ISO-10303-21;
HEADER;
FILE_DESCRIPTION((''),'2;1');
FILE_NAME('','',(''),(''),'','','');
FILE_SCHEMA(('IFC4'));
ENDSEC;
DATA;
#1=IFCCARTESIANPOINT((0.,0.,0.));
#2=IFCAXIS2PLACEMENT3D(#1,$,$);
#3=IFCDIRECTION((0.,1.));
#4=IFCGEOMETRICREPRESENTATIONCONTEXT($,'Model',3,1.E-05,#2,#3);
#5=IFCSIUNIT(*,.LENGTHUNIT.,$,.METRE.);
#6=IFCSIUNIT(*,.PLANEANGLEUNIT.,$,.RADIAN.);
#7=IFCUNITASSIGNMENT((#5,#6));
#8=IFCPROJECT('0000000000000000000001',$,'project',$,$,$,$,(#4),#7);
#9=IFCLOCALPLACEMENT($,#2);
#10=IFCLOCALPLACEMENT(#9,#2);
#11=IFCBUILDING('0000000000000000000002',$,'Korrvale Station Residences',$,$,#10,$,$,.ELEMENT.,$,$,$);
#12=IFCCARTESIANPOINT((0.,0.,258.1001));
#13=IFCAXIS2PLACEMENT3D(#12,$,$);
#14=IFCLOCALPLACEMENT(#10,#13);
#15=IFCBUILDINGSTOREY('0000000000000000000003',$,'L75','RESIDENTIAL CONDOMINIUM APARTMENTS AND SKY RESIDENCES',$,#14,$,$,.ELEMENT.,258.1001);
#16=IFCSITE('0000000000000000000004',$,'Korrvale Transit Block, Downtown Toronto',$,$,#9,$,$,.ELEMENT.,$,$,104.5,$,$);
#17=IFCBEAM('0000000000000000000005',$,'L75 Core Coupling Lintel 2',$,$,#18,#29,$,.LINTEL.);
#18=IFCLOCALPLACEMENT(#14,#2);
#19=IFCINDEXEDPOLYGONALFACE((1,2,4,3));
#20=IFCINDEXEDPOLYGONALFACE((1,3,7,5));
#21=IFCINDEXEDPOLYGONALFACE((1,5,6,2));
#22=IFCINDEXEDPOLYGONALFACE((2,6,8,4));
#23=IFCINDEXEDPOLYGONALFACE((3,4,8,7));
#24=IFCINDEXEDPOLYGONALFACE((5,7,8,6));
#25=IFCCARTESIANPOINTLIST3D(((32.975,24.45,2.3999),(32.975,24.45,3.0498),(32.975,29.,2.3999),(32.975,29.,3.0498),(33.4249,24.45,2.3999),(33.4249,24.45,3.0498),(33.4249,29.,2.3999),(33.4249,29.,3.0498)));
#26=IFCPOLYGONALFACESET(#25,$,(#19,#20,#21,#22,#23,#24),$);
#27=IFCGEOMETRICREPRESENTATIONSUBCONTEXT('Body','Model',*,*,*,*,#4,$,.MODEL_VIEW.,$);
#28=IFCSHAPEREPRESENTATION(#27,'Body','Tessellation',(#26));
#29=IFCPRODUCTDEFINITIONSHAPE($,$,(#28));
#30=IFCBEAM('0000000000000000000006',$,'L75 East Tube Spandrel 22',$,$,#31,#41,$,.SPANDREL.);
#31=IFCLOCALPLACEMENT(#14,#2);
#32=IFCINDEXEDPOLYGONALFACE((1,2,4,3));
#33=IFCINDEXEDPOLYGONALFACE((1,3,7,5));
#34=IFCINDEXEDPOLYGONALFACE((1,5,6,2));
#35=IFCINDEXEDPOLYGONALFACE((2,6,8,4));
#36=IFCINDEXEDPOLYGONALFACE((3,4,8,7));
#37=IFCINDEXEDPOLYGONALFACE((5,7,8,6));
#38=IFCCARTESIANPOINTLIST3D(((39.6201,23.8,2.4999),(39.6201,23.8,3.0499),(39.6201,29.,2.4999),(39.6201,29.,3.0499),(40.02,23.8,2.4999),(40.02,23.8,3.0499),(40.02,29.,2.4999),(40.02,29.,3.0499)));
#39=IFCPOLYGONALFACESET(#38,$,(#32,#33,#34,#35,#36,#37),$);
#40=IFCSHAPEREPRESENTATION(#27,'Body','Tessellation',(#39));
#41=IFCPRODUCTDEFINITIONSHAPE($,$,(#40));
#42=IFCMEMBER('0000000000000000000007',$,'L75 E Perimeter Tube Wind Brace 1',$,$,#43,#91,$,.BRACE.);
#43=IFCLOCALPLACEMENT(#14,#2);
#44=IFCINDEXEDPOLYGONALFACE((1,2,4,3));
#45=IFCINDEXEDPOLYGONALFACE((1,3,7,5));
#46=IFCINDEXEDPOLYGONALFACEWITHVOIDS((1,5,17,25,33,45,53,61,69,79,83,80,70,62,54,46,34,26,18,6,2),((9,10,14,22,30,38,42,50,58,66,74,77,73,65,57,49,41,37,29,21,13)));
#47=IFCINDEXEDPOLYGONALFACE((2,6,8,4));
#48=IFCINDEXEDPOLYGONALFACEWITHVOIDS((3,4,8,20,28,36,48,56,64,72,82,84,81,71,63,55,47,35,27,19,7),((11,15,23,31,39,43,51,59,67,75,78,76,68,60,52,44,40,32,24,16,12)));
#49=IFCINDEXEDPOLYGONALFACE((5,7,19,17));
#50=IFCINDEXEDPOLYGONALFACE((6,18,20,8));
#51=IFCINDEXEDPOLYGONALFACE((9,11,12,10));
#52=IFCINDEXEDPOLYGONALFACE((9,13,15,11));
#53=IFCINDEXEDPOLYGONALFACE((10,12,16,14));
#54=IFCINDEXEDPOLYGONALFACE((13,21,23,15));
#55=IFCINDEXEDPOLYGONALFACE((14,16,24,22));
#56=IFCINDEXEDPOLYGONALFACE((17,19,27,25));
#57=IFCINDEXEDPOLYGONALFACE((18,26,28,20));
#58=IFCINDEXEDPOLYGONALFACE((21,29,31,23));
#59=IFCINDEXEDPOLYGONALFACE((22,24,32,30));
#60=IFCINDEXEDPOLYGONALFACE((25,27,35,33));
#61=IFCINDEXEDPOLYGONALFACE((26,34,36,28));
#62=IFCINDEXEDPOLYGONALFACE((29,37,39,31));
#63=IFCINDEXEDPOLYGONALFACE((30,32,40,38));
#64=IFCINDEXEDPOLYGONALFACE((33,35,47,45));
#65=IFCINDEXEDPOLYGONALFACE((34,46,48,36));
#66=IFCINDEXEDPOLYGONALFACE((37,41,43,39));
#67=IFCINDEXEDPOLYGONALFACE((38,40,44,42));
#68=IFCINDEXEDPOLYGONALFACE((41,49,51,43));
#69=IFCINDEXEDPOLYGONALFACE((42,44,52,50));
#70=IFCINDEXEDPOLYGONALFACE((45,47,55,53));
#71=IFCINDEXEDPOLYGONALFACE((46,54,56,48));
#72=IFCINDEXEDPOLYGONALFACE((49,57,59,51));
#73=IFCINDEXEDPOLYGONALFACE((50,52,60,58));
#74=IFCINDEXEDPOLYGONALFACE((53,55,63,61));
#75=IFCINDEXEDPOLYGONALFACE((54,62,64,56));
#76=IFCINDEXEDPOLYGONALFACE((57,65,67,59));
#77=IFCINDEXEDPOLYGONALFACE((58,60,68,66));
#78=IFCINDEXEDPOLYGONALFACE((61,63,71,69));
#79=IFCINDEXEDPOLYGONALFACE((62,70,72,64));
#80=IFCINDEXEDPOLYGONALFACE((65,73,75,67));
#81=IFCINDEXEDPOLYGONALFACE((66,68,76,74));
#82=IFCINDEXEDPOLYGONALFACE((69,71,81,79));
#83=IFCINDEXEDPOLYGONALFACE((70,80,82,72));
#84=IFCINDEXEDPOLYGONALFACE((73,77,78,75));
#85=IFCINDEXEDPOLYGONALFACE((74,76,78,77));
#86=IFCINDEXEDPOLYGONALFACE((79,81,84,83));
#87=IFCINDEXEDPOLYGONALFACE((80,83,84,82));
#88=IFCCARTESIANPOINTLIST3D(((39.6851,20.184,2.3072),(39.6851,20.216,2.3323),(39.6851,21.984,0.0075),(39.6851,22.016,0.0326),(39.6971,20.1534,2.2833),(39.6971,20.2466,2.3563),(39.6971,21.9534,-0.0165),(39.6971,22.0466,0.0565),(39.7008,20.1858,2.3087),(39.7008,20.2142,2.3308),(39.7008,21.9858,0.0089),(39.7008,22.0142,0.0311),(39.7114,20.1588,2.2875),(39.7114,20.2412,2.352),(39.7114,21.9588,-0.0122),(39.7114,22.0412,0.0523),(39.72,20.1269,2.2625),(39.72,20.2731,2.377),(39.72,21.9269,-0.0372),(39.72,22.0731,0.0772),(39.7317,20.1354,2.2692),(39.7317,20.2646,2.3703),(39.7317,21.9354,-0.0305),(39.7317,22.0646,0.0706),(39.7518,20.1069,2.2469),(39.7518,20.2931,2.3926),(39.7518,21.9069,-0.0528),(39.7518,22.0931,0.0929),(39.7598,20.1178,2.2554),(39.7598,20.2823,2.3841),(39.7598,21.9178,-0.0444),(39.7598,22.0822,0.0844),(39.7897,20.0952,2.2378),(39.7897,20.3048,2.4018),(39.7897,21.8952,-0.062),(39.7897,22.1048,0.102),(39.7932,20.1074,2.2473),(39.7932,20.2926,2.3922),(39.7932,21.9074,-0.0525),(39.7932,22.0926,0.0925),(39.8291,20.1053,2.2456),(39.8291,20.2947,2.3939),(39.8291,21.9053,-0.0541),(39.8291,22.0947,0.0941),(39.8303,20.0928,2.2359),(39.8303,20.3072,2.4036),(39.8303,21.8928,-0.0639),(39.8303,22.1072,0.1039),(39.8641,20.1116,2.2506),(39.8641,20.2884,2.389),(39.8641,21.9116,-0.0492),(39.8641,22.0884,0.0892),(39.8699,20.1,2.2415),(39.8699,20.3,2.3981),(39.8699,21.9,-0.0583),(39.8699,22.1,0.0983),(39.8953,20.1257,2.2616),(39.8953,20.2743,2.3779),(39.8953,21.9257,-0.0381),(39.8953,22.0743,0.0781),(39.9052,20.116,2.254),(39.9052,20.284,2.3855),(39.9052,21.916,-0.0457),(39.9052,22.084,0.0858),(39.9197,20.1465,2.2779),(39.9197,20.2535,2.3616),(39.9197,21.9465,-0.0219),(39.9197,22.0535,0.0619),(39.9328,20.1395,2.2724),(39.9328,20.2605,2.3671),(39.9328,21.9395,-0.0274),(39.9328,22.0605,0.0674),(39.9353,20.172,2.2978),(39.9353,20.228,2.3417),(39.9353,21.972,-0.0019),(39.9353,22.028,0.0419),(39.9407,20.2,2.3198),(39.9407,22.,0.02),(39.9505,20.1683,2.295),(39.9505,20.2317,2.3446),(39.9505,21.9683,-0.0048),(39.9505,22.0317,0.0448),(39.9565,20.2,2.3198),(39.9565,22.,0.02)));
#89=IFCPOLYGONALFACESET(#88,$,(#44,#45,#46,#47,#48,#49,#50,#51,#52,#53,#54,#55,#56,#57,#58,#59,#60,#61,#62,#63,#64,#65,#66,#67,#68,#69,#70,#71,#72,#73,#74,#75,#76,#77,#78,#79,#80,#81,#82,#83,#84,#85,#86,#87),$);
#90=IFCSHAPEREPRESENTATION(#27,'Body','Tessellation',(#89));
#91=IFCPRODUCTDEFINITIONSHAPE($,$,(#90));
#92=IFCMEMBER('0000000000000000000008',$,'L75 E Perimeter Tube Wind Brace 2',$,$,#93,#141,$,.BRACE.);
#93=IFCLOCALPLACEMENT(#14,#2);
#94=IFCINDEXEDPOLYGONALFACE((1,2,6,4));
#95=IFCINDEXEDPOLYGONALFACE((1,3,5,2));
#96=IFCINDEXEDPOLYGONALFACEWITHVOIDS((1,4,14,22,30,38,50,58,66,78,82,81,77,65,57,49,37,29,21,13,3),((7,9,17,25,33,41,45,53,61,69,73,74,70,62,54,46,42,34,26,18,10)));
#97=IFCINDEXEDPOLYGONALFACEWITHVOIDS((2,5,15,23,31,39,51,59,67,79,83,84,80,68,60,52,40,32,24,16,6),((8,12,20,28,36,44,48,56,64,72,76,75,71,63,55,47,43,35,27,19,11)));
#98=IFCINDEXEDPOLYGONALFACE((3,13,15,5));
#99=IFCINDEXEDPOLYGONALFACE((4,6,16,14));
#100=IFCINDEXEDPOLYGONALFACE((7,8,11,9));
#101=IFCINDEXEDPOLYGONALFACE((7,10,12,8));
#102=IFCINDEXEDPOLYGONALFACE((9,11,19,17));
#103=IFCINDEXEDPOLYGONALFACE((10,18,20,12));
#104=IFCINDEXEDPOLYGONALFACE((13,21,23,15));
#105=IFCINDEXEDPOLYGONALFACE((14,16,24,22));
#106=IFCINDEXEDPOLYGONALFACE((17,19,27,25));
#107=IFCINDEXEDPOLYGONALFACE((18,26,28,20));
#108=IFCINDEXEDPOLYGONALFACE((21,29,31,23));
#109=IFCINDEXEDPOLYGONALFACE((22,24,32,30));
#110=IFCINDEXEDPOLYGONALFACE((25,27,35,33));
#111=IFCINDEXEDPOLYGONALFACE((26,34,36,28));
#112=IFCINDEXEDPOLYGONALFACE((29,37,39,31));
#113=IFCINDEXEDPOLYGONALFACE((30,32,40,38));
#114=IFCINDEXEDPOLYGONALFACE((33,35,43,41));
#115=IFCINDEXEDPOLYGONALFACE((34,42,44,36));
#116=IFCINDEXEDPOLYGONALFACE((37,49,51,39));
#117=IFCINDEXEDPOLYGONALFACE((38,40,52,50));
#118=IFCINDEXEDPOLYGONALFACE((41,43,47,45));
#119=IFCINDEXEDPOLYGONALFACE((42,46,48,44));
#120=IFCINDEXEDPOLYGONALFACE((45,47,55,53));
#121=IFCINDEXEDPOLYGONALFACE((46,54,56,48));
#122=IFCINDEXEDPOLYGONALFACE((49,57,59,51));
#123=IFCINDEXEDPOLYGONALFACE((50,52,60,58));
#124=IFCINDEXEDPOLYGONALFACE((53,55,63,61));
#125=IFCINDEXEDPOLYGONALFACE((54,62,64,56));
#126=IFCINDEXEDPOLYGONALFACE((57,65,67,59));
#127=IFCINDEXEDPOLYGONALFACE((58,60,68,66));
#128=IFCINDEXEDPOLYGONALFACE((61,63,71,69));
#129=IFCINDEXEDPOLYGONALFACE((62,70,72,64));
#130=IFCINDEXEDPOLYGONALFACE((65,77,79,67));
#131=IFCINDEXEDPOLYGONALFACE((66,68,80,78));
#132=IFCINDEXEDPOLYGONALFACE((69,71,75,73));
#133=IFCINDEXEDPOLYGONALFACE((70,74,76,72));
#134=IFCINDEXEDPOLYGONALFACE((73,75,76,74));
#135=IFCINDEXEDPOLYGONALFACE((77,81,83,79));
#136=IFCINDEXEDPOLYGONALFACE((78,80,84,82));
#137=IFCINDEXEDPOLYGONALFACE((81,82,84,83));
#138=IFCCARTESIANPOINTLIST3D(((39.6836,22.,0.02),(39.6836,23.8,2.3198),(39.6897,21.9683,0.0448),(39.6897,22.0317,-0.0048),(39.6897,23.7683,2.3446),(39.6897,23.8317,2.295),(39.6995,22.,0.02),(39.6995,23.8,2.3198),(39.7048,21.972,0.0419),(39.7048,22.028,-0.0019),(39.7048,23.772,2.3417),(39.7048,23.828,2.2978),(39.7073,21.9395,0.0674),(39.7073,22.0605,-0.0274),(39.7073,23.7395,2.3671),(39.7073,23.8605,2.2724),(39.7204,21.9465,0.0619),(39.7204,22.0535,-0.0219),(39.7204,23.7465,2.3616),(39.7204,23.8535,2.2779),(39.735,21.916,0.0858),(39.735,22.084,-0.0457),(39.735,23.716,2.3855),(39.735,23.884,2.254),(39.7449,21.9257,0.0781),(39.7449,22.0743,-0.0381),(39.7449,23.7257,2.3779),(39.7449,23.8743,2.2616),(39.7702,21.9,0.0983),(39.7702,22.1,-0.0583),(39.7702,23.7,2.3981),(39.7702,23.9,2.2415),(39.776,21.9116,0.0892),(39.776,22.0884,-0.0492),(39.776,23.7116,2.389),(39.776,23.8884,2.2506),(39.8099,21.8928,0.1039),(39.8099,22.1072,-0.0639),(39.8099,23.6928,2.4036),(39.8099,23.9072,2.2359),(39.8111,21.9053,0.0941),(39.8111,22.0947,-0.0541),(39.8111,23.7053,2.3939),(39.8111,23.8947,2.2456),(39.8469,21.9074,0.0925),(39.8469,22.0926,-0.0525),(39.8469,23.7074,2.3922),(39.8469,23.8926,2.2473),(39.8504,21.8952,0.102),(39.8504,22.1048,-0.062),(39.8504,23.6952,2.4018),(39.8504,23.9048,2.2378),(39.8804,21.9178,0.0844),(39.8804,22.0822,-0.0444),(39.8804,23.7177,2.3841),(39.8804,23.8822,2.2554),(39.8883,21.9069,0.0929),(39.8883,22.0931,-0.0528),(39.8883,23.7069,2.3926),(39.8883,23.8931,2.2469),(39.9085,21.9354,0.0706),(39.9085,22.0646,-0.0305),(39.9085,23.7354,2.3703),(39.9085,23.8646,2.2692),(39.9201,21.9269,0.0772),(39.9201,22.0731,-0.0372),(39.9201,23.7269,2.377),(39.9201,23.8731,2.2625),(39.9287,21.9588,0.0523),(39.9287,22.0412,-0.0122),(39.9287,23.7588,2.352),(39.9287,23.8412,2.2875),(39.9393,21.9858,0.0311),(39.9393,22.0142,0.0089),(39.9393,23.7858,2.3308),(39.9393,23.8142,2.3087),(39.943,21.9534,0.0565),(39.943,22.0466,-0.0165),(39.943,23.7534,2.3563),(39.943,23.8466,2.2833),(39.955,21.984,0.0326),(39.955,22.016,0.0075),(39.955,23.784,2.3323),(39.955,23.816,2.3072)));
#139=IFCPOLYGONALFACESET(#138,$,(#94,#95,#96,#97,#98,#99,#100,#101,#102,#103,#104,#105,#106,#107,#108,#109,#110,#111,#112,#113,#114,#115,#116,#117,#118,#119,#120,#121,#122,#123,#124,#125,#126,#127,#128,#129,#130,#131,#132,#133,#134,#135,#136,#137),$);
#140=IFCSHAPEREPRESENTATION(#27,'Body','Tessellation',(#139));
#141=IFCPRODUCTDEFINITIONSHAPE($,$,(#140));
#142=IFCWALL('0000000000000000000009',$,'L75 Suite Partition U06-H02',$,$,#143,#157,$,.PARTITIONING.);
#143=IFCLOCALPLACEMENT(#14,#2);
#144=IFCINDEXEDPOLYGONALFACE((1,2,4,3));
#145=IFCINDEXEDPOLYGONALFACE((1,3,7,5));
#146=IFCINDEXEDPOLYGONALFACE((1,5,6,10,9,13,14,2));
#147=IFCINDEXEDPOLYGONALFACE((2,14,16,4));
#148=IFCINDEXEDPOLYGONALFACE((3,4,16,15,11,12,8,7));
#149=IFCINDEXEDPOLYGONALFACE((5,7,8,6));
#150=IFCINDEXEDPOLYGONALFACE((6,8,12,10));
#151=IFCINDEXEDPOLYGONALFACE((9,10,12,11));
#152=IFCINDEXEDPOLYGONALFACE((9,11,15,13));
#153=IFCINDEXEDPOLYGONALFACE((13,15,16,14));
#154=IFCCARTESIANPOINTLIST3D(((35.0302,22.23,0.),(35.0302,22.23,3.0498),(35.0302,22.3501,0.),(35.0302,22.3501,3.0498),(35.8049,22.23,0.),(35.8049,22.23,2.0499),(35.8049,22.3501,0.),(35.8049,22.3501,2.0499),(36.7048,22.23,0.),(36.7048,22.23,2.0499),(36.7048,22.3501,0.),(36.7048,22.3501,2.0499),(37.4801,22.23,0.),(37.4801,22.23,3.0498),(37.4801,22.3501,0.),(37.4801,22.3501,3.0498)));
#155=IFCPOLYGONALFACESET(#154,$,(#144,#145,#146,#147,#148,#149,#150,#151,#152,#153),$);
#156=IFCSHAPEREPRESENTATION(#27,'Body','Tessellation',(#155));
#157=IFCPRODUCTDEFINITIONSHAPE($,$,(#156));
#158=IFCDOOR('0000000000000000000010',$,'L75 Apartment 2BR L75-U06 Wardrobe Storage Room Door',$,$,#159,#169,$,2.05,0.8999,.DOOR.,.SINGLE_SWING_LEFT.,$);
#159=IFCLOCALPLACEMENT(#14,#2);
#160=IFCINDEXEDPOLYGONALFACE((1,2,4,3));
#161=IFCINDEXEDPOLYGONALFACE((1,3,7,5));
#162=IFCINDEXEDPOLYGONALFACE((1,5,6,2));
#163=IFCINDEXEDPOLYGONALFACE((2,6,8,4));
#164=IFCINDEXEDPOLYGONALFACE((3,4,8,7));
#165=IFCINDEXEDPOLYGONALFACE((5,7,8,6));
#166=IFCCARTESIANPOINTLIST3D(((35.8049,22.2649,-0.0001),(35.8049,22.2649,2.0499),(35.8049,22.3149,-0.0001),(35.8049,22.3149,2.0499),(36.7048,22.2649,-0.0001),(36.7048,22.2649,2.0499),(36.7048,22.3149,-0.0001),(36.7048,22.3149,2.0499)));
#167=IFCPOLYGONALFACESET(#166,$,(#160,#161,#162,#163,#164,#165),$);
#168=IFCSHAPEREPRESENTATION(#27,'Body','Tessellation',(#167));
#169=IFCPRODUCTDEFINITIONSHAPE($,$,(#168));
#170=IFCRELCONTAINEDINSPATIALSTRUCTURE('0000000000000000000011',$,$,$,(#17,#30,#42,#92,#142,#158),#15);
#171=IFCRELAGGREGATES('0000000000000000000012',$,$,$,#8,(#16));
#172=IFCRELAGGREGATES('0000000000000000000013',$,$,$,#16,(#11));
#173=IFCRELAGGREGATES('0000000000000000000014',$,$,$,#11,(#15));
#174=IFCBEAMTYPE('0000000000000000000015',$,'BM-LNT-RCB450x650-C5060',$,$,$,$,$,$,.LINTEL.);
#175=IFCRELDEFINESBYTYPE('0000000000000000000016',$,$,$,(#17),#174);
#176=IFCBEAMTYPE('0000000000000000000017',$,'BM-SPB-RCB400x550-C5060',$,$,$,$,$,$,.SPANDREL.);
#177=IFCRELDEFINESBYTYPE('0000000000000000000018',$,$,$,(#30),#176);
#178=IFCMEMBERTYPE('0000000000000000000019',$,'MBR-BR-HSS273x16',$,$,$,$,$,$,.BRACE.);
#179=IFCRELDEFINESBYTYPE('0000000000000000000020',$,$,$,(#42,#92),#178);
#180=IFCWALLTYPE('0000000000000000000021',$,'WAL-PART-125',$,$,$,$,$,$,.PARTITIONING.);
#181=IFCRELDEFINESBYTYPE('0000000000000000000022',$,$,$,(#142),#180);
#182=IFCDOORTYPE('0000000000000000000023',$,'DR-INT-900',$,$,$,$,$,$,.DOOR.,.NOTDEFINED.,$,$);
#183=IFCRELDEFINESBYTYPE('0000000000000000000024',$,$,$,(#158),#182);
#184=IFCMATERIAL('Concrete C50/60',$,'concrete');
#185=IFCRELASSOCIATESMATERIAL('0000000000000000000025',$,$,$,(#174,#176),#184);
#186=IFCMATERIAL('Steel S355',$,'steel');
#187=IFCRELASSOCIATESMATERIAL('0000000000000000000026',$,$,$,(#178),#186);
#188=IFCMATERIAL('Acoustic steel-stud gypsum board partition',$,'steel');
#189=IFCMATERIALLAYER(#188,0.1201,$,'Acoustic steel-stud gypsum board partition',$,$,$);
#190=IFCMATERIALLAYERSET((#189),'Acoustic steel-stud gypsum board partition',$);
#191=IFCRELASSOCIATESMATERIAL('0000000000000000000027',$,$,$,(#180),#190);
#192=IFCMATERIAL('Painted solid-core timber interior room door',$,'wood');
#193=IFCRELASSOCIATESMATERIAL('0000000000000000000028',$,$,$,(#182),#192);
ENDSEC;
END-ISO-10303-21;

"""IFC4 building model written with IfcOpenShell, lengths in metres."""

from ifc_helpers import new_model, si_unit, direction, frame, frame_2d, origin, origin_2d, place, context, subcontext, project, spatial, rectangle, hollow_circle, extrude, material, layer, layer_set, material_profile, profile_set, type_object, element, fill, save


model = new_model("IFC4")

# Units and contexts
model_context = context("Model", 3, precision=1e-05, world=origin(), true_north=direction((0.0, 1.0)))
body_context = subcontext(model_context, "Body", "Model", "MODEL_VIEW")
ifc_project = project(units=[si_unit("LENGTHUNIT", "METRE"), si_unit("PLANEANGLEUNIT", "RADIAN")], contexts=[model_context])

# Site, building, storey
site_placement = place(None, origin())
site = spatial("IfcSite", under=ifc_project, at=site_placement, Name="Korrvale Transit Block, Downtown Toronto", CompositionType="ELEMENT", RefElevation=104.5)
building_placement = place(site_placement, origin())
building = spatial("IfcBuilding", under=site, at=building_placement, Name="Korrvale Station Residences", CompositionType="ELEMENT")
storey_placement = place(building_placement, frame((0.0, 0.0, 258.1001)))
storey = spatial("IfcBuildingStorey", under=building, at=storey_placement, Name="L75", Description="RESIDENTIAL CONDOMINIUM APARTMENTS AND SKY RESIDENCES", CompositionType="ELEMENT", Elevation=258.1001)

# Shared definitions
ifc_material_1 = material(Name="Concrete C50/60", Category="concrete")

# Beams
ifc_material_2 = material(Name="Steel S355", Category="steel")
ifc_material_profile_1 = material_profile(ifc_material_1, rectangle(XDim=0.45, YDim=0.6499, at=origin_2d()), Name="RCB450x650")
ifc_profile_set_1 = profile_set([ifc_material_profile_1], Name="Concrete C50/60")
beam_type_1 = type_object("IfcBeamType", Name="BM-LNT-RCB450x650-C5060", PredefinedType="LINTEL", material=ifc_profile_set_1)
beam_1_placement = place(storey_placement, frame((33.2, 24.45, 2.7249), z_axis=(0.0, 1.0, 0.0), x_axis=(-1.0, 0.0, 0.0)))
element("IfcBeam", 1, at=beam_1_placement, inside=storey, type_object=beam_type_1, Name="L75 Core Coupling Lintel 2", PredefinedType="LINTEL", context=body_context, shape_type="SweptSolid", body=[
    extrude(rectangle(XDim=0.45, YDim=0.6499, at=origin_2d()), origin(), (0.0, 0.0, 1.0), 4.55),
])
ifc_material_profile_2 = material_profile(ifc_material_1, rectangle(XDim=0.3999, YDim=0.55, at=origin_2d()), Name="RCB400x550")
ifc_profile_set_2 = profile_set([ifc_material_profile_2], Name="Concrete C50/60")
beam_type_2 = type_object("IfcBeamType", Name="BM-SPB-RCB400x550-C5060", PredefinedType="SPANDREL", material=ifc_profile_set_2)
beam_2_placement = place(storey_placement, frame((39.8201, 23.8, 2.7749), z_axis=(0.0, 1.0, 0.0), x_axis=(-1.0, 0.0, 0.0)))
element("IfcBeam", 2, at=beam_2_placement, inside=storey, type_object=beam_type_2, Name="L75 East Tube Spandrel 22", PredefinedType="SPANDREL", context=body_context, shape_type="SweptSolid", body=[
    extrude(rectangle(XDim=0.3999, YDim=0.55, at=origin_2d()), origin(), (0.0, 0.0, 1.0), 5.2),
])

# Members
ifc_material_profile_3 = material_profile(ifc_material_2, hollow_circle(Radius=0.1365, WallThickness=0.0159, at=origin_2d()), Name="HSS273x16")
ifc_profile_set_3 = profile_set([ifc_material_profile_3], Name="Steel S355")
member_type = type_object("IfcMemberType", Name="MBR-BR-HSS273x16", PredefinedType="BRACE", material=ifc_profile_set_3)
for number, where, z_axis, x_axis, name in (
    (3, (39.8201, 22.0, 0.02), (0.0, -0.616351, 0.787471), (1.0, 0.0, 0.0), "L75 E Perimeter Tube Wind Brace 1"),
    (4, (39.8201, 22.0, 0.02), (0.0, 0.616351, 0.787471), (-1.0, 0.0, 0.0), "L75 E Perimeter Tube Wind Brace 2"),
):
    element("IfcMember", number, at=place(storey_placement, frame(where, z_axis=z_axis, x_axis=x_axis)), inside=storey, type_object=member_type, Name=name, PredefinedType="BRACE", context=body_context, shape_type="SweptSolid", body=[
        extrude(hollow_circle(Radius=0.1365, WallThickness=0.0159, at=origin_2d()), origin(), (0.0, 0.0, 1.0), 2.9204),
    ])

# Wall, opening, door
ifc_material_3 = material(Name="Acoustic steel-stud gypsum board partition", Category="steel")
ifc_layer_1 = layer(ifc_material_3, 0.1201, Name="Acoustic steel-stud gypsum board partition")
ifc_layer_set_1 = layer_set([ifc_layer_1], Name="Acoustic steel-stud gypsum board partition")
wall_type_1 = type_object("IfcWallType", Name="WAL-PART-125", PredefinedType="PARTITIONING", material=ifc_layer_set_1)
wall_1_placement = place(storey_placement, frame((35.03, 22.29, 0.0), z_axis=(0.0, 0.0, 1.0), x_axis=(1.0, 0.0, 0.0)))
wall_1 = element("IfcWall", 5, at=wall_1_placement, inside=storey, type_object=wall_type_1, Name="L75 Suite Partition U06-H02", PredefinedType="PARTITIONING", context=body_context, shape_type="SweptSolid", body=[
    extrude(rectangle(XDim=2.45, YDim=0.1201, at=frame_2d((1.2251, 0.0))), origin(), (0.0, 0.0, 1.0), 3.0498),
])
opening_1_placement = place(wall_1_placement, frame((0.7749, 0.0, 0.0)))
opening_1 = element("IfcOpeningElement", 6, at=opening_1_placement, cuts=wall_1, PredefinedType="OPENING", context=body_context, shape_type="SweptSolid", body=[
    extrude(rectangle(XDim=0.8999, YDim=2.05, at=frame_2d((0.45, 1.0249))), frame((0.0, 0.0701, 0.0), z_axis=(0.0, -1.0, 0.0), x_axis=(1.0, 0.0, 0.0)), (0.0, 0.0, 1.0), 0.1401),
])
ifc_material_4 = material(Name="Painted solid-core timber interior room door", Category="wood")
door_type = type_object("IfcDoorType", Name="DR-INT-900", OperationType="NOTDEFINED", PredefinedType="DOOR", material=ifc_material_4)
door_1_placement = place(opening_1_placement, origin())
door_1 = element("IfcDoor", 7, at=door_1_placement, inside=storey, type_object=door_type, Name="L75 Apartment 2BR L75-U06 Wardrobe Storage Room Door", OperationType="SINGLE_SWING_LEFT", OverallHeight=2.05, OverallWidth=0.8999, PredefinedType="DOOR", context=body_context, shape_type="SweptSolid", body=[
    extrude(rectangle(XDim=0.8999, YDim=2.05, at=frame_2d((0.45, 1.0249))), frame((0.0, 0.0249, 0.0), z_axis=(0.0, -1.0, 0.0), x_axis=(1.0, 0.0, 0.0)), (0.0, 0.0, 1.0), 0.05),
])
fill(opening_1, door_1)

save(model, "model.ifc")
